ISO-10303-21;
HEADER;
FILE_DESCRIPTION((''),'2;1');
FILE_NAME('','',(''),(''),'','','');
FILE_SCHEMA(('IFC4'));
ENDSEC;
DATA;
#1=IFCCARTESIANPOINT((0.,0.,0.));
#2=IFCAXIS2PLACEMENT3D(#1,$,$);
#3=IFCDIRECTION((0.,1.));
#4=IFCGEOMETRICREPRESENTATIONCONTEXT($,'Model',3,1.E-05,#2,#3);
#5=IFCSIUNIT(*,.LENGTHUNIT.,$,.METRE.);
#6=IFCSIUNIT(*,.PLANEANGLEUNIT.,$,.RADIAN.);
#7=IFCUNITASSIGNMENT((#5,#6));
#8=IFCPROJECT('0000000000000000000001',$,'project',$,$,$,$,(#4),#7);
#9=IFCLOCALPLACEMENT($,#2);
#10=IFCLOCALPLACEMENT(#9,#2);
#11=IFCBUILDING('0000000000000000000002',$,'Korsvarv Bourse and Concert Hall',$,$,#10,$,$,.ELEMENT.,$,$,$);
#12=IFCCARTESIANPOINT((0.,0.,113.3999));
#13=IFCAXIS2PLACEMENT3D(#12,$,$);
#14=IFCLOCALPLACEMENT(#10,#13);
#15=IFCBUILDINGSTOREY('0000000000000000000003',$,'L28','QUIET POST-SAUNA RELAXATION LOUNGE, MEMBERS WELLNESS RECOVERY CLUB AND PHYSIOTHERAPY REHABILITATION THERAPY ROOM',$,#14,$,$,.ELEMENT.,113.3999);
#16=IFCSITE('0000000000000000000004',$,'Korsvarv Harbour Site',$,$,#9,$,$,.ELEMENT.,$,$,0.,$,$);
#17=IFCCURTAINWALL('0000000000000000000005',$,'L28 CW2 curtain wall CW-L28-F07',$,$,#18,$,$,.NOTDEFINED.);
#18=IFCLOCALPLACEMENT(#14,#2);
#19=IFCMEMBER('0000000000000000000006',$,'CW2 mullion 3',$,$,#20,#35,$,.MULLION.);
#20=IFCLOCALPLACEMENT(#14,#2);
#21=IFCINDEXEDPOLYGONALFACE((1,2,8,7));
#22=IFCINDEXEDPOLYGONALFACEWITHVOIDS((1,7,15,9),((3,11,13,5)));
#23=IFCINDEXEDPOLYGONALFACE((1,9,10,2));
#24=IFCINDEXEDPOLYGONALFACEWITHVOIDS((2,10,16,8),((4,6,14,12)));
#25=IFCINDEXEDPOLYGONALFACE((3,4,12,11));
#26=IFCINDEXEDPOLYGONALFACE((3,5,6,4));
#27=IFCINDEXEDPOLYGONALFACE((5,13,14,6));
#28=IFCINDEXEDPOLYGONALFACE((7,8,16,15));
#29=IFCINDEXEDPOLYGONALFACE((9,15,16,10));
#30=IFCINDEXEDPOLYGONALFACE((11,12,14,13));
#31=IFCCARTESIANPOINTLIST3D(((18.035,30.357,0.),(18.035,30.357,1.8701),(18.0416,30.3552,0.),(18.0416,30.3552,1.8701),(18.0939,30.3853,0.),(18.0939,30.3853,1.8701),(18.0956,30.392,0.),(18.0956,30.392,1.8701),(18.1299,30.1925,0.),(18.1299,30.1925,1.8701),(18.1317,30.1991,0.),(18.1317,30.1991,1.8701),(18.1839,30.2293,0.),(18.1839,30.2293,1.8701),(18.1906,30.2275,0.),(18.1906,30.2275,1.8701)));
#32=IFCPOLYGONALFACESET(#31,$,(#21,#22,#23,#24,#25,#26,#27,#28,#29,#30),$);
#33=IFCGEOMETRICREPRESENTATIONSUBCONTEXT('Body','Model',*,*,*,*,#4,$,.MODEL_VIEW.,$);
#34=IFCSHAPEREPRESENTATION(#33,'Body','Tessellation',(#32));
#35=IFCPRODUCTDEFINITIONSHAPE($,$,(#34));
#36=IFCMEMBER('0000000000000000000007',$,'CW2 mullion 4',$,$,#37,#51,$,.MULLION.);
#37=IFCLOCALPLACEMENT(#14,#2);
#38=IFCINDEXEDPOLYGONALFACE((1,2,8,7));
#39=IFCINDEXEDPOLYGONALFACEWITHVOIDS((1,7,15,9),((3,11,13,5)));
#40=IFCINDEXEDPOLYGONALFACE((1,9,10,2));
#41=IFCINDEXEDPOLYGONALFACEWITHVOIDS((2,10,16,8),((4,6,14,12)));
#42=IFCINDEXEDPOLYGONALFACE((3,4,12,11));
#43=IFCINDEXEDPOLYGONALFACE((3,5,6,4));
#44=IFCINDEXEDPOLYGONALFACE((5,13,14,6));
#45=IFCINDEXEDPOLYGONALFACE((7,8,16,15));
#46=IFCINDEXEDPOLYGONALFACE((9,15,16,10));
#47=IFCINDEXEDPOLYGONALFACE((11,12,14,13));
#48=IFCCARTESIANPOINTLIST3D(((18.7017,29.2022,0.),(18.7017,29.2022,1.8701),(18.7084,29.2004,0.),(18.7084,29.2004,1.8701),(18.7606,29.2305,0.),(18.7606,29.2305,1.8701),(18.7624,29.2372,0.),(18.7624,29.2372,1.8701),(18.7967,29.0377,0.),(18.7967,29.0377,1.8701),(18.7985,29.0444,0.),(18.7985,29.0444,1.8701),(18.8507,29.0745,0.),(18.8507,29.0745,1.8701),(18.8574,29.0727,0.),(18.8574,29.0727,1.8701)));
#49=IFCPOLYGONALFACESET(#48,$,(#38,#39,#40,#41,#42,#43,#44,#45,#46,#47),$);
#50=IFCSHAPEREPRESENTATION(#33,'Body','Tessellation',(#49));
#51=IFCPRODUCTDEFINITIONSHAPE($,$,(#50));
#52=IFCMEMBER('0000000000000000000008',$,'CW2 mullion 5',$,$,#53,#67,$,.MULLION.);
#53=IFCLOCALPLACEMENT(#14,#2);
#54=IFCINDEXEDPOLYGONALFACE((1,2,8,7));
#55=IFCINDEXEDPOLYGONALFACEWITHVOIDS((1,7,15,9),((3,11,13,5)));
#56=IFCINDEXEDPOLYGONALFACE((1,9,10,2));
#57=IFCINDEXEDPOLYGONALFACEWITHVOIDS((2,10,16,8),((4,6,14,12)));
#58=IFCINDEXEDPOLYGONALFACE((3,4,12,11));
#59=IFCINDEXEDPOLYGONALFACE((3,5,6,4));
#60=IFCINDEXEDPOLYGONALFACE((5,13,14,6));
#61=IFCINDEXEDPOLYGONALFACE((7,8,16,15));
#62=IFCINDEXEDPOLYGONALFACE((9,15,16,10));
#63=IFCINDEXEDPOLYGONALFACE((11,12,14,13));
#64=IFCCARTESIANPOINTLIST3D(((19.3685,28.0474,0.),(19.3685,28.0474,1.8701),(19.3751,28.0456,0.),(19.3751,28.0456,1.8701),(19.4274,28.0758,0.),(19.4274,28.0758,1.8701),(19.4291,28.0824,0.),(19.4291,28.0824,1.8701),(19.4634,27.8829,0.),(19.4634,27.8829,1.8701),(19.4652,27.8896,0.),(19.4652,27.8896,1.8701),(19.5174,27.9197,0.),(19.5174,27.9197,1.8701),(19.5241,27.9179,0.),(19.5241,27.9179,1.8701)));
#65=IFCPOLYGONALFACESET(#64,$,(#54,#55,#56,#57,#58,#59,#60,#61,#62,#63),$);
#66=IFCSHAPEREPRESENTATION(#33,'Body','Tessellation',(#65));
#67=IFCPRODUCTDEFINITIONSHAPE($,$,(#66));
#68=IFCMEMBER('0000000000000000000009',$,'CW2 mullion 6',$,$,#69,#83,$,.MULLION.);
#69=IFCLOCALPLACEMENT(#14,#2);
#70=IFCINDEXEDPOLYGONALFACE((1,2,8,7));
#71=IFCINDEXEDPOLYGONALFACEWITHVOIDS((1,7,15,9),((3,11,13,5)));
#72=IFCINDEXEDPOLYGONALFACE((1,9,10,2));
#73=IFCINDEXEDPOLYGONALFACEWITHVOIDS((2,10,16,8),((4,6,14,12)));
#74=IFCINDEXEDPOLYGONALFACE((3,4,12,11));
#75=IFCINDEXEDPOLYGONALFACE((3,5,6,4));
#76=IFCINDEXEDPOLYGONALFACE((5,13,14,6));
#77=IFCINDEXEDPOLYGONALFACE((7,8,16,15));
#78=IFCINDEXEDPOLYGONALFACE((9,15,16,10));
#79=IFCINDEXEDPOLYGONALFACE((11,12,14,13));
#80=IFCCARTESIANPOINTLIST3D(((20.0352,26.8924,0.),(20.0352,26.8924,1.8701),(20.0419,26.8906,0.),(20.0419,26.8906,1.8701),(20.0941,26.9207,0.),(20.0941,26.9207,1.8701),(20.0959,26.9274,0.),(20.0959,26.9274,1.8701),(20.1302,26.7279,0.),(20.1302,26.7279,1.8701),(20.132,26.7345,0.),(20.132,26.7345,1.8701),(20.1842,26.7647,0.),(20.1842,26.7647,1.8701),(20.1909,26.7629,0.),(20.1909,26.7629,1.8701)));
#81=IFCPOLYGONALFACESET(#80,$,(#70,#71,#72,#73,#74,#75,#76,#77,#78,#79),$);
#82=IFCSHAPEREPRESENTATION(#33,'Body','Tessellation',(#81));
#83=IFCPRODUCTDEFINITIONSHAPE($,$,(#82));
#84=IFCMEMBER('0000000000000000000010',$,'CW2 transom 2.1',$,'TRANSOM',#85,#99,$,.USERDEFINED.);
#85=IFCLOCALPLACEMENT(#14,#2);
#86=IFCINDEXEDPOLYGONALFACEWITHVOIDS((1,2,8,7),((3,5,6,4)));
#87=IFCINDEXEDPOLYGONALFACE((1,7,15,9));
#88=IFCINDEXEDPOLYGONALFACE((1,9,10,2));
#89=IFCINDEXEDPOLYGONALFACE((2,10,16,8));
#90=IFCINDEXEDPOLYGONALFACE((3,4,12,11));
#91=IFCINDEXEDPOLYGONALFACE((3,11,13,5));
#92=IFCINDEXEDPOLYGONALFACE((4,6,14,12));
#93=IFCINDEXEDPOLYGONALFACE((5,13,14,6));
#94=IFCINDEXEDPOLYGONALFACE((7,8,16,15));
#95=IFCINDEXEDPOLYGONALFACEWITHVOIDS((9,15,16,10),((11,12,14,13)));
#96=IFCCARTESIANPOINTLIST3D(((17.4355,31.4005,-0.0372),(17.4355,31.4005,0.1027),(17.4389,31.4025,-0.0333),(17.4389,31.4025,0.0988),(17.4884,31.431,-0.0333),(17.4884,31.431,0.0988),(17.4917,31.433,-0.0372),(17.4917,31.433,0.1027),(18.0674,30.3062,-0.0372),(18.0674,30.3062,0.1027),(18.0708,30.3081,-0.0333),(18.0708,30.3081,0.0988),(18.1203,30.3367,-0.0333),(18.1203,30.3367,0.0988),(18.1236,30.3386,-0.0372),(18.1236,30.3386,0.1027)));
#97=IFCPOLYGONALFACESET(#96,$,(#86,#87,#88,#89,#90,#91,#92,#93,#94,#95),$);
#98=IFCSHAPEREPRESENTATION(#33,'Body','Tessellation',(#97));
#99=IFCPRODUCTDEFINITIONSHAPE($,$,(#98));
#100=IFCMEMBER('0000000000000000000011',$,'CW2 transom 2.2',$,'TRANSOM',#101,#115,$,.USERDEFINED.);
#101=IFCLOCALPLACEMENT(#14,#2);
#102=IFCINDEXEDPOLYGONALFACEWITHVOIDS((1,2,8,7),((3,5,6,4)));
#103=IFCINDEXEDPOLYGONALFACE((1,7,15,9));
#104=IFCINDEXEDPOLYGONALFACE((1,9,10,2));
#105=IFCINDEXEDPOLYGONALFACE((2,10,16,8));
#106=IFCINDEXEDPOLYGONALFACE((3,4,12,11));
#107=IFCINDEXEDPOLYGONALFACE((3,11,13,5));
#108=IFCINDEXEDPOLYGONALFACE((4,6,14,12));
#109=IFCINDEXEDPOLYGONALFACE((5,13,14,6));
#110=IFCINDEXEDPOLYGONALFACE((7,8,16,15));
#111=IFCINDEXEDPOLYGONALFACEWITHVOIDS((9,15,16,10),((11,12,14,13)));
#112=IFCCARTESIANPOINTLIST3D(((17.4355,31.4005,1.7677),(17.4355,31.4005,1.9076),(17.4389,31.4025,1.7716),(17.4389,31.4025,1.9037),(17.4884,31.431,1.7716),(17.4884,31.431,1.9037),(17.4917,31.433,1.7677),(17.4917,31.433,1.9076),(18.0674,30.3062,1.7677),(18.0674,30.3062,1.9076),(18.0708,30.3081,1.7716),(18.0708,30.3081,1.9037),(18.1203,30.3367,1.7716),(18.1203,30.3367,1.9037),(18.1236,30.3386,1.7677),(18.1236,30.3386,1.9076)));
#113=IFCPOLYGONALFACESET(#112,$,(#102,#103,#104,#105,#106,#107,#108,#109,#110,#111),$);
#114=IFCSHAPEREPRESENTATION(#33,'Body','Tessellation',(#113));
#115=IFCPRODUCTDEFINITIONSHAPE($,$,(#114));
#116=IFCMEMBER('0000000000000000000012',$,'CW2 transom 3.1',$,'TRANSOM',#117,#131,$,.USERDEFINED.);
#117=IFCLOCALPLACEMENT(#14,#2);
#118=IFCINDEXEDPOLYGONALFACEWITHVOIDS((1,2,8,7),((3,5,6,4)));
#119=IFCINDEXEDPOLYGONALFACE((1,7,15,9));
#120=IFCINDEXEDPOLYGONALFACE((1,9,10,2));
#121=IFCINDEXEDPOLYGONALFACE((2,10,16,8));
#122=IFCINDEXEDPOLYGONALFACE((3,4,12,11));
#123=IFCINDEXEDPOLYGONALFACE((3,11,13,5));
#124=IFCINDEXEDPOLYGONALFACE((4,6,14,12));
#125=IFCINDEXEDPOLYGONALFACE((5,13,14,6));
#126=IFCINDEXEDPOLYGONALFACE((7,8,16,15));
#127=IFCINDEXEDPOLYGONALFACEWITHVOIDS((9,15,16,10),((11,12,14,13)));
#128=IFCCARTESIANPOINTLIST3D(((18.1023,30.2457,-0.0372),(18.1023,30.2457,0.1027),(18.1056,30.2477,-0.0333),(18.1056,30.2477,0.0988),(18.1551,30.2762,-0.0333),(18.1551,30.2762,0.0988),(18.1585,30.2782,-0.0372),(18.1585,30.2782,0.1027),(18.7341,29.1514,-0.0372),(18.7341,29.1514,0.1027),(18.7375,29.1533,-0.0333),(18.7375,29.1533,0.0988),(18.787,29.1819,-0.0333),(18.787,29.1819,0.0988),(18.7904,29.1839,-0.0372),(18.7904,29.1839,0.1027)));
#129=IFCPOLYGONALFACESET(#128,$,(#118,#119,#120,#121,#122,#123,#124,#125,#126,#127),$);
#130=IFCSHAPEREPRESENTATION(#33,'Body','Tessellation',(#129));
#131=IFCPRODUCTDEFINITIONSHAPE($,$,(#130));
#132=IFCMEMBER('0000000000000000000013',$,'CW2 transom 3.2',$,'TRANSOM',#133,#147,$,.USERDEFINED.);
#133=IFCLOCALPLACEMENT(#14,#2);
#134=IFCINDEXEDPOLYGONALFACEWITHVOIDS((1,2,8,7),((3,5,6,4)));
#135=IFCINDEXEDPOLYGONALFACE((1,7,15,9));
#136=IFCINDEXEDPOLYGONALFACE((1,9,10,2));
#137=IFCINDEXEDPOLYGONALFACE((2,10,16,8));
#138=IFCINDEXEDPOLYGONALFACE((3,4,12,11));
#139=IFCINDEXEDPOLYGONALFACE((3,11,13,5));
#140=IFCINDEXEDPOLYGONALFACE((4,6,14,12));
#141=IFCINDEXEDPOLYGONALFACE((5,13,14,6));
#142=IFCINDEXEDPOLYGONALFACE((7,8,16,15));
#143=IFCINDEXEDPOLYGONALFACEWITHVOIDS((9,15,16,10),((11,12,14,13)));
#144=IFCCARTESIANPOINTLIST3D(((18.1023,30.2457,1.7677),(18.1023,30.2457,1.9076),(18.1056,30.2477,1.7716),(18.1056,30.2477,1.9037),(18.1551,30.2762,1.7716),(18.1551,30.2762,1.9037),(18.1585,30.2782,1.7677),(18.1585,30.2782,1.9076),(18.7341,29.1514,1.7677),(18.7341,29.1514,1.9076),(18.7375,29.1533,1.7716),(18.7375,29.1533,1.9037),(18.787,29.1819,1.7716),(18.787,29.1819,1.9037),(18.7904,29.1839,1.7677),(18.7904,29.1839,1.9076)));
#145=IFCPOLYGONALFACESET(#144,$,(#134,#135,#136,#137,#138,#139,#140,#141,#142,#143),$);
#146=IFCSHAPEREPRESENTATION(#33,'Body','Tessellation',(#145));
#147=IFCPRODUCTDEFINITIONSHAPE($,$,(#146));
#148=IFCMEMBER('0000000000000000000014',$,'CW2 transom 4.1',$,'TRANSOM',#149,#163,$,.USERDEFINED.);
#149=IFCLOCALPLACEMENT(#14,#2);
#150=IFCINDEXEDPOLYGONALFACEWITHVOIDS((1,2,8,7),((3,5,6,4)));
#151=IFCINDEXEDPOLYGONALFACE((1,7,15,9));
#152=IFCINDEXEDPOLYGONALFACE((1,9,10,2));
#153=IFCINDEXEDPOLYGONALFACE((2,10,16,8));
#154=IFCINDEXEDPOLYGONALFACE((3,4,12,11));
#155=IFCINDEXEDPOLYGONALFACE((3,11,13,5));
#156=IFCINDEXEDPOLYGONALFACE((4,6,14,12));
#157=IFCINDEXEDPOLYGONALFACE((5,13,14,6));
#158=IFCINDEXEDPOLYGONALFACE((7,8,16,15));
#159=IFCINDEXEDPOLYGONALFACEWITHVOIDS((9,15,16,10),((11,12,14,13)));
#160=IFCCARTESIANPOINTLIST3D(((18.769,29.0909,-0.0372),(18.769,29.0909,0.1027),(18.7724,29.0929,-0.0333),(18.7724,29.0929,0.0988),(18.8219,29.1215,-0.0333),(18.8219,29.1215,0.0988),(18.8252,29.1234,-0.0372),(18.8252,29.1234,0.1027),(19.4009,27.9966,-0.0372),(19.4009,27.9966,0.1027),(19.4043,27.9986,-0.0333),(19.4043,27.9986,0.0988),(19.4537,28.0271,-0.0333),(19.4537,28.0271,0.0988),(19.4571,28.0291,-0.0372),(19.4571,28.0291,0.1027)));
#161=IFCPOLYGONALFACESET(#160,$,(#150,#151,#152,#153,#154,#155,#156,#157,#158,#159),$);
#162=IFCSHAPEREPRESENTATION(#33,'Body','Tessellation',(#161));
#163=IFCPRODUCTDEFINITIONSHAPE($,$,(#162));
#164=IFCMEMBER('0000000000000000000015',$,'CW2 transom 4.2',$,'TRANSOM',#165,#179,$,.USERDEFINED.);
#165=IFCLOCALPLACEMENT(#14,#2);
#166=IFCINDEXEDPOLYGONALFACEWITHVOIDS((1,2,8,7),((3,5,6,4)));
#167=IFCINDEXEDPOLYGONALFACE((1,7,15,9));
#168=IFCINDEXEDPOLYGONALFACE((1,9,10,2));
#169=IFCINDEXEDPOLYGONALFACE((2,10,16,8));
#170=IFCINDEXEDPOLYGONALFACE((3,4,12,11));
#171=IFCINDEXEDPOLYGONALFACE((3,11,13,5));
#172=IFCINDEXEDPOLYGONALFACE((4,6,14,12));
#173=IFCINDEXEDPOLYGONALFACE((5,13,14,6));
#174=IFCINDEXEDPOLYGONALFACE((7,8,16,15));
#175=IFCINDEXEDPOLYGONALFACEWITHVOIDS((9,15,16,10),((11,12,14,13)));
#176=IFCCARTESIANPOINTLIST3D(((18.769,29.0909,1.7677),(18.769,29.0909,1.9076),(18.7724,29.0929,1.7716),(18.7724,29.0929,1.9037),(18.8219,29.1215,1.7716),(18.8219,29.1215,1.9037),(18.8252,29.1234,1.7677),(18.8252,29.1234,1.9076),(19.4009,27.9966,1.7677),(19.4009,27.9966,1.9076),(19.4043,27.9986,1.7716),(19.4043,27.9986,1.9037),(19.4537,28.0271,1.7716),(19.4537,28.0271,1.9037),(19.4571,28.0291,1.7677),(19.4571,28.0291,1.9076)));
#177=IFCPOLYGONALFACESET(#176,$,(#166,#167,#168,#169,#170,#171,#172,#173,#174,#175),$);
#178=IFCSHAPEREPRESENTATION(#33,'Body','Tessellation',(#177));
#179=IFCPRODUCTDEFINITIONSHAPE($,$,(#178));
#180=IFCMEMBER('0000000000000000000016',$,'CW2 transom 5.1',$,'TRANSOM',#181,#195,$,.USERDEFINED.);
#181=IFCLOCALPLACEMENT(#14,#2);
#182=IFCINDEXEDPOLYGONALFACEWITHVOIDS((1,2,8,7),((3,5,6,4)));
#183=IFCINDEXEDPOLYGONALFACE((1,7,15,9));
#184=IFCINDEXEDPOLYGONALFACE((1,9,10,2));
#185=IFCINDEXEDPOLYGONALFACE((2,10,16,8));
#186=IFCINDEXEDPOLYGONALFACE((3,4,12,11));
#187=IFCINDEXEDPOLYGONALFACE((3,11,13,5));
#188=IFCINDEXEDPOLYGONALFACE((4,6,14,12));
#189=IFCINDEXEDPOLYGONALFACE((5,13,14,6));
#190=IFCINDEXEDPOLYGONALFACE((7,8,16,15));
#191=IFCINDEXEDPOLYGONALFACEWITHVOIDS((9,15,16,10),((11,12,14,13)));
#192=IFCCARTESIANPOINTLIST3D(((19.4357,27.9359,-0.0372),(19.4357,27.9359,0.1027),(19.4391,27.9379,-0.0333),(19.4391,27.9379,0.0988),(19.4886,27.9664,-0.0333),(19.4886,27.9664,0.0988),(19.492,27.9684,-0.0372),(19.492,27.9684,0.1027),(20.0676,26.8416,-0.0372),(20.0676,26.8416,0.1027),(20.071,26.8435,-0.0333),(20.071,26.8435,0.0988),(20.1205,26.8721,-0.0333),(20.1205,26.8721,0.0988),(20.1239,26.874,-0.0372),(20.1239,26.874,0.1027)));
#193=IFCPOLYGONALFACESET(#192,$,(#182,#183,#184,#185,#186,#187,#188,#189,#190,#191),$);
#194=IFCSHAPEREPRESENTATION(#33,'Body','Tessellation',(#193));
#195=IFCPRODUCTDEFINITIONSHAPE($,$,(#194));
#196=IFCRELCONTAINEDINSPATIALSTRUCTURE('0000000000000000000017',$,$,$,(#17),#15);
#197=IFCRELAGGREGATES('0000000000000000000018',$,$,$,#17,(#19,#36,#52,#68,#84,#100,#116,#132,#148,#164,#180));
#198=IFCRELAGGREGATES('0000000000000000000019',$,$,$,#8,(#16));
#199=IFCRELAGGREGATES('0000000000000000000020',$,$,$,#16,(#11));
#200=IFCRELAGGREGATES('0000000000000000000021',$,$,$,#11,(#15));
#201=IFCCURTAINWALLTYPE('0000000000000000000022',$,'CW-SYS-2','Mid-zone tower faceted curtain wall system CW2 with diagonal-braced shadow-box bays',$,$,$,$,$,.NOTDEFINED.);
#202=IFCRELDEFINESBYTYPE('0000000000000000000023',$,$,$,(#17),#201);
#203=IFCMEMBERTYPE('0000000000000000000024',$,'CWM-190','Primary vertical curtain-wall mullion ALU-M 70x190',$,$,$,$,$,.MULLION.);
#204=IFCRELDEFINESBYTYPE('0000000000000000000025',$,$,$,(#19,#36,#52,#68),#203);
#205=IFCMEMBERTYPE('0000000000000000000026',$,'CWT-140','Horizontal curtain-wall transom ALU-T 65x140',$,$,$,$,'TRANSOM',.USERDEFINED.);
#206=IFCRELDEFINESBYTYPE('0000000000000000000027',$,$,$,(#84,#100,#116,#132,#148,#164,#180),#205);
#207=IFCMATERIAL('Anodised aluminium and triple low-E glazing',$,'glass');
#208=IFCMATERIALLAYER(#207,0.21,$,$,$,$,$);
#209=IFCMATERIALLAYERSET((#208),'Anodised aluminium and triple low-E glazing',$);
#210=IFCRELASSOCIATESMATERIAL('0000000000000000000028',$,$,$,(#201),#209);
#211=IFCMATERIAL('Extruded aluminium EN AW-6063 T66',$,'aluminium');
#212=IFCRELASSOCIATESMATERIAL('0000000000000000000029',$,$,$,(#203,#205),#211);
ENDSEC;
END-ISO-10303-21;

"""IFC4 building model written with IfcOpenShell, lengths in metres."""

from ifc_helpers import new_model, si_unit, direction, frame, origin, origin_2d, place, context, subcontext, project, spatial, hollow_rectangle, extrude, source, transform, mapped, material, layer, layer_set, material_profile, profile_set, type_object, element, aggregate, save


model = new_model("IFC4")

# Units and contexts
model_context = context("Model", 3, precision=1e-05, world=origin(), true_north=direction((0.0, 1.0)))
body_context = subcontext(model_context, "Body", "Model", "MODEL_VIEW")
ifc_project = project(units=[si_unit("LENGTHUNIT", "METRE"), si_unit("PLANEANGLEUNIT", "RADIAN")], contexts=[model_context])

# Site, building, storey
site_placement = place(None, origin())
site = spatial("IfcSite", under=ifc_project, at=site_placement, Name="Korsvarv Harbour Site", CompositionType="ELEMENT", RefElevation=0.0)
building_placement = place(site_placement, origin())
building = spatial("IfcBuilding", under=site, at=building_placement, Name="Korsvarv Bourse and Concert Hall", CompositionType="ELEMENT")
storey_placement = place(building_placement, frame((0.0, 0.0, 113.3999)))
storey = spatial("IfcBuildingStorey", under=building, at=storey_placement, Name="L28", Description="QUIET POST-SAUNA RELAXATION LOUNGE, MEMBERS WELLNESS RECOVERY CLUB AND PHYSIOTHERAPY REHABILITATION THERAPY ROOM", CompositionType="ELEMENT", Elevation=113.3999)

# Curtain wall, members
ifc_material_1 = material(Name="Anodised aluminium and triple low-E glazing", Category="glass")
ifc_layer_1 = layer(ifc_material_1, 0.21)
ifc_layer_set_1 = layer_set([ifc_layer_1], Name="Anodised aluminium and triple low-E glazing")
curtain_wall_type = type_object("IfcCurtainWallType", Name="CW-SYS-2", Description="Mid-zone tower faceted curtain wall system CW2 with diagonal-braced shadow-box bays", PredefinedType="NOTDEFINED", material=ifc_layer_set_1)
curtain_wall_placement = place(storey_placement, origin())
curtain_wall = element("IfcCurtainWall", 1, at=curtain_wall_placement, inside=storey, type_object=curtain_wall_type, Name="L28 CW2 curtain wall CW-L28-F07", PredefinedType="NOTDEFINED")
ifc_material_2 = material(Name="Extruded aluminium EN AW-6063 T66", Category="aluminium")
ifc_material_profile_1 = material_profile(ifc_material_2, hollow_rectangle(XDim=0.0701, YDim=0.1899, WallThickness=0.0049, at=origin_2d()), Name="ALU-M 70x190")
ifc_profile_set_1 = profile_set([ifc_material_profile_1], Name="Extruded aluminium EN AW-6063 T66")
member_type_1 = type_object("IfcMemberType", Name="CWM-190", Description="Primary vertical curtain-wall mullion ALU-M 70x190", PredefinedType="MULLION", material=ifc_profile_set_1)
shared_shape_1 = source(origin(), body_context, "Body", "SweptSolid", [
    extrude(hollow_rectangle(XDim=0.0701, YDim=0.1899, WallThickness=0.0049, at=origin_2d()), origin(), (0.0, 0.0, 1.0), 1.8701),
])
member_1_placement = place(storey_placement, frame((18.1128, 30.2922, 0.0), z_axis=(0.0, 0.0, 1.0), x_axis=(0.866022, 0.500006, 0.0)))
member_1 = element("IfcMember", 2, at=member_1_placement, type_object=member_type_1, Name="CW2 mullion 3", PredefinedType="MULLION", context=body_context, shape_type="MappedRepresentation", body=[
    mapped(shared_shape_1, transform((0.0, 0.0, 0.0), scale=1.0)),
])
member_2_placement = place(storey_placement, frame((18.7795, 29.1375, 0.0), z_axis=(0.0, 0.0, 1.0), x_axis=(0.866022, 0.500006, 0.0)))
member_2 = element("IfcMember", 3, at=member_2_placement, type_object=member_type_1, Name="CW2 mullion 4", PredefinedType="MULLION", context=body_context, shape_type="MappedRepresentation", body=[
    mapped(shared_shape_1, transform((0.0, 0.0, 0.0), scale=1.0)),
])
member_3_placement = place(storey_placement, frame((19.4463, 27.9827, 0.0), z_axis=(0.0, 0.0, 1.0), x_axis=(0.866022, 0.500006, 0.0)))
member_3 = element("IfcMember", 4, at=member_3_placement, type_object=member_type_1, Name="CW2 mullion 5", PredefinedType="MULLION", context=body_context, shape_type="MappedRepresentation", body=[
    mapped(shared_shape_1, transform((0.0, 0.0, 0.0), scale=1.0)),
])
member_4_placement = place(storey_placement, frame((20.113, 26.8276, 0.0), z_axis=(0.0, 0.0, 1.0), x_axis=(0.866022, 0.500006, 0.0)))
member_4 = element("IfcMember", 5, at=member_4_placement, type_object=member_type_1, Name="CW2 mullion 6", PredefinedType="MULLION", context=body_context, shape_type="MappedRepresentation", body=[
    mapped(shared_shape_1, transform((0.0, 0.0, 0.0), scale=1.0)),
])
ifc_material_profile_2 = material_profile(ifc_material_2, hollow_rectangle(XDim=0.0649, YDim=0.1399, WallThickness=0.0039, at=origin_2d()), Name="ALU-T 65x140")
ifc_profile_set_2 = profile_set([ifc_material_profile_2], Name="Extruded aluminium EN AW-6063 T66")
member_type_2 = type_object("IfcMemberType", Name="CWT-140", Description="Horizontal curtain-wall transom ALU-T 65x140", ElementType="TRANSOM", PredefinedType="USERDEFINED", material=ifc_profile_set_2)
shared_shape_2 = source(origin(), body_context, "Body", "SweptSolid", [
    extrude(hollow_rectangle(XDim=0.0649, YDim=0.1399, WallThickness=0.0039, at=origin_2d()), origin(), (0.0, 0.0, 1.0), 1.2637),
])
member_5_placement = place(storey_placement, frame((17.4636, 31.4167, 0.0327), z_axis=(0.500046, -0.865999, 0.0), x_axis=(0.865999, 0.500046, 0.0)))
member_5 = element("IfcMember", 6, at=member_5_placement, type_object=member_type_2, Name="CW2 transom 2.1", ObjectType="TRANSOM", PredefinedType="USERDEFINED", context=body_context, shape_type="MappedRepresentation", body=[
    mapped(shared_shape_2, transform((0.0, 0.0, 0.0), scale=1.0)),
])
member_6_placement = place(storey_placement, frame((17.4636, 31.4167, 1.8376), z_axis=(0.500046, -0.865999, 0.0), x_axis=(0.865999, 0.500046, 0.0)))
member_6 = element("IfcMember", 7, at=member_6_placement, type_object=member_type_2, Name="CW2 transom 2.2", ObjectType="TRANSOM", PredefinedType="USERDEFINED", context=body_context, shape_type="MappedRepresentation", body=[
    mapped(shared_shape_2, transform((0.0, 0.0, 0.0), scale=1.0)),
])
member_7_placement = place(storey_placement, frame((18.1304, 30.262, 0.0327), z_axis=(0.500046, -0.865999, 0.0), x_axis=(0.865999, 0.500046, 0.0)))
member_7 = element("IfcMember", 8, at=member_7_placement, type_object=member_type_2, Name="CW2 transom 3.1", ObjectType="TRANSOM", PredefinedType="USERDEFINED", context=body_context, shape_type="MappedRepresentation", body=[
    mapped(shared_shape_2, transform((0.0, 0.0, 0.0), scale=1.0)),
])
member_8_placement = place(storey_placement, frame((18.1304, 30.262, 1.8376), z_axis=(0.500046, -0.865999, 0.0), x_axis=(0.865999, 0.500046, 0.0)))
member_8 = element("IfcMember", 9, at=member_8_placement, type_object=member_type_2, Name="CW2 transom 3.2", ObjectType="TRANSOM", PredefinedType="USERDEFINED", context=body_context, shape_type="MappedRepresentation", body=[
    mapped(shared_shape_2, transform((0.0, 0.0, 0.0), scale=1.0)),
])
member_9_placement = place(storey_placement, frame((18.7971, 29.1072, 0.0327), z_axis=(0.500046, -0.865999, 0.0), x_axis=(0.865999, 0.500046, 0.0)))
member_9 = element("IfcMember", 10, at=member_9_placement, type_object=member_type_2, Name="CW2 transom 4.1", ObjectType="TRANSOM", PredefinedType="USERDEFINED", context=body_context, shape_type="MappedRepresentation", body=[
    mapped(shared_shape_2, transform((0.0, 0.0, 0.0), scale=1.0)),
])
member_10_placement = place(storey_placement, frame((18.7971, 29.1072, 1.8376), z_axis=(0.500046, -0.865999, 0.0), x_axis=(0.865999, 0.500046, 0.0)))
member_10 = element("IfcMember", 11, at=member_10_placement, type_object=member_type_2, Name="CW2 transom 4.2", ObjectType="TRANSOM", PredefinedType="USERDEFINED", context=body_context, shape_type="MappedRepresentation", body=[
    mapped(shared_shape_2, transform((0.0, 0.0, 0.0), scale=1.0)),
])
member_11_placement = place(storey_placement, frame((19.4639, 27.9521, 0.0327), z_axis=(0.500046, -0.865999, 0.0), x_axis=(0.865999, 0.500046, 0.0)))
member_11 = element("IfcMember", 12, at=member_11_placement, type_object=member_type_2, Name="CW2 transom 5.1", ObjectType="TRANSOM", PredefinedType="USERDEFINED", context=body_context, shape_type="MappedRepresentation", body=[
    mapped(shared_shape_2, transform((0.0, 0.0, 0.0), scale=1.0)),
])

aggregate(curtain_wall, [member_1, member_2, member_3, member_4, member_5, member_6, member_7, member_8, member_9, member_10, member_11])

save(model, "model.ifc")
